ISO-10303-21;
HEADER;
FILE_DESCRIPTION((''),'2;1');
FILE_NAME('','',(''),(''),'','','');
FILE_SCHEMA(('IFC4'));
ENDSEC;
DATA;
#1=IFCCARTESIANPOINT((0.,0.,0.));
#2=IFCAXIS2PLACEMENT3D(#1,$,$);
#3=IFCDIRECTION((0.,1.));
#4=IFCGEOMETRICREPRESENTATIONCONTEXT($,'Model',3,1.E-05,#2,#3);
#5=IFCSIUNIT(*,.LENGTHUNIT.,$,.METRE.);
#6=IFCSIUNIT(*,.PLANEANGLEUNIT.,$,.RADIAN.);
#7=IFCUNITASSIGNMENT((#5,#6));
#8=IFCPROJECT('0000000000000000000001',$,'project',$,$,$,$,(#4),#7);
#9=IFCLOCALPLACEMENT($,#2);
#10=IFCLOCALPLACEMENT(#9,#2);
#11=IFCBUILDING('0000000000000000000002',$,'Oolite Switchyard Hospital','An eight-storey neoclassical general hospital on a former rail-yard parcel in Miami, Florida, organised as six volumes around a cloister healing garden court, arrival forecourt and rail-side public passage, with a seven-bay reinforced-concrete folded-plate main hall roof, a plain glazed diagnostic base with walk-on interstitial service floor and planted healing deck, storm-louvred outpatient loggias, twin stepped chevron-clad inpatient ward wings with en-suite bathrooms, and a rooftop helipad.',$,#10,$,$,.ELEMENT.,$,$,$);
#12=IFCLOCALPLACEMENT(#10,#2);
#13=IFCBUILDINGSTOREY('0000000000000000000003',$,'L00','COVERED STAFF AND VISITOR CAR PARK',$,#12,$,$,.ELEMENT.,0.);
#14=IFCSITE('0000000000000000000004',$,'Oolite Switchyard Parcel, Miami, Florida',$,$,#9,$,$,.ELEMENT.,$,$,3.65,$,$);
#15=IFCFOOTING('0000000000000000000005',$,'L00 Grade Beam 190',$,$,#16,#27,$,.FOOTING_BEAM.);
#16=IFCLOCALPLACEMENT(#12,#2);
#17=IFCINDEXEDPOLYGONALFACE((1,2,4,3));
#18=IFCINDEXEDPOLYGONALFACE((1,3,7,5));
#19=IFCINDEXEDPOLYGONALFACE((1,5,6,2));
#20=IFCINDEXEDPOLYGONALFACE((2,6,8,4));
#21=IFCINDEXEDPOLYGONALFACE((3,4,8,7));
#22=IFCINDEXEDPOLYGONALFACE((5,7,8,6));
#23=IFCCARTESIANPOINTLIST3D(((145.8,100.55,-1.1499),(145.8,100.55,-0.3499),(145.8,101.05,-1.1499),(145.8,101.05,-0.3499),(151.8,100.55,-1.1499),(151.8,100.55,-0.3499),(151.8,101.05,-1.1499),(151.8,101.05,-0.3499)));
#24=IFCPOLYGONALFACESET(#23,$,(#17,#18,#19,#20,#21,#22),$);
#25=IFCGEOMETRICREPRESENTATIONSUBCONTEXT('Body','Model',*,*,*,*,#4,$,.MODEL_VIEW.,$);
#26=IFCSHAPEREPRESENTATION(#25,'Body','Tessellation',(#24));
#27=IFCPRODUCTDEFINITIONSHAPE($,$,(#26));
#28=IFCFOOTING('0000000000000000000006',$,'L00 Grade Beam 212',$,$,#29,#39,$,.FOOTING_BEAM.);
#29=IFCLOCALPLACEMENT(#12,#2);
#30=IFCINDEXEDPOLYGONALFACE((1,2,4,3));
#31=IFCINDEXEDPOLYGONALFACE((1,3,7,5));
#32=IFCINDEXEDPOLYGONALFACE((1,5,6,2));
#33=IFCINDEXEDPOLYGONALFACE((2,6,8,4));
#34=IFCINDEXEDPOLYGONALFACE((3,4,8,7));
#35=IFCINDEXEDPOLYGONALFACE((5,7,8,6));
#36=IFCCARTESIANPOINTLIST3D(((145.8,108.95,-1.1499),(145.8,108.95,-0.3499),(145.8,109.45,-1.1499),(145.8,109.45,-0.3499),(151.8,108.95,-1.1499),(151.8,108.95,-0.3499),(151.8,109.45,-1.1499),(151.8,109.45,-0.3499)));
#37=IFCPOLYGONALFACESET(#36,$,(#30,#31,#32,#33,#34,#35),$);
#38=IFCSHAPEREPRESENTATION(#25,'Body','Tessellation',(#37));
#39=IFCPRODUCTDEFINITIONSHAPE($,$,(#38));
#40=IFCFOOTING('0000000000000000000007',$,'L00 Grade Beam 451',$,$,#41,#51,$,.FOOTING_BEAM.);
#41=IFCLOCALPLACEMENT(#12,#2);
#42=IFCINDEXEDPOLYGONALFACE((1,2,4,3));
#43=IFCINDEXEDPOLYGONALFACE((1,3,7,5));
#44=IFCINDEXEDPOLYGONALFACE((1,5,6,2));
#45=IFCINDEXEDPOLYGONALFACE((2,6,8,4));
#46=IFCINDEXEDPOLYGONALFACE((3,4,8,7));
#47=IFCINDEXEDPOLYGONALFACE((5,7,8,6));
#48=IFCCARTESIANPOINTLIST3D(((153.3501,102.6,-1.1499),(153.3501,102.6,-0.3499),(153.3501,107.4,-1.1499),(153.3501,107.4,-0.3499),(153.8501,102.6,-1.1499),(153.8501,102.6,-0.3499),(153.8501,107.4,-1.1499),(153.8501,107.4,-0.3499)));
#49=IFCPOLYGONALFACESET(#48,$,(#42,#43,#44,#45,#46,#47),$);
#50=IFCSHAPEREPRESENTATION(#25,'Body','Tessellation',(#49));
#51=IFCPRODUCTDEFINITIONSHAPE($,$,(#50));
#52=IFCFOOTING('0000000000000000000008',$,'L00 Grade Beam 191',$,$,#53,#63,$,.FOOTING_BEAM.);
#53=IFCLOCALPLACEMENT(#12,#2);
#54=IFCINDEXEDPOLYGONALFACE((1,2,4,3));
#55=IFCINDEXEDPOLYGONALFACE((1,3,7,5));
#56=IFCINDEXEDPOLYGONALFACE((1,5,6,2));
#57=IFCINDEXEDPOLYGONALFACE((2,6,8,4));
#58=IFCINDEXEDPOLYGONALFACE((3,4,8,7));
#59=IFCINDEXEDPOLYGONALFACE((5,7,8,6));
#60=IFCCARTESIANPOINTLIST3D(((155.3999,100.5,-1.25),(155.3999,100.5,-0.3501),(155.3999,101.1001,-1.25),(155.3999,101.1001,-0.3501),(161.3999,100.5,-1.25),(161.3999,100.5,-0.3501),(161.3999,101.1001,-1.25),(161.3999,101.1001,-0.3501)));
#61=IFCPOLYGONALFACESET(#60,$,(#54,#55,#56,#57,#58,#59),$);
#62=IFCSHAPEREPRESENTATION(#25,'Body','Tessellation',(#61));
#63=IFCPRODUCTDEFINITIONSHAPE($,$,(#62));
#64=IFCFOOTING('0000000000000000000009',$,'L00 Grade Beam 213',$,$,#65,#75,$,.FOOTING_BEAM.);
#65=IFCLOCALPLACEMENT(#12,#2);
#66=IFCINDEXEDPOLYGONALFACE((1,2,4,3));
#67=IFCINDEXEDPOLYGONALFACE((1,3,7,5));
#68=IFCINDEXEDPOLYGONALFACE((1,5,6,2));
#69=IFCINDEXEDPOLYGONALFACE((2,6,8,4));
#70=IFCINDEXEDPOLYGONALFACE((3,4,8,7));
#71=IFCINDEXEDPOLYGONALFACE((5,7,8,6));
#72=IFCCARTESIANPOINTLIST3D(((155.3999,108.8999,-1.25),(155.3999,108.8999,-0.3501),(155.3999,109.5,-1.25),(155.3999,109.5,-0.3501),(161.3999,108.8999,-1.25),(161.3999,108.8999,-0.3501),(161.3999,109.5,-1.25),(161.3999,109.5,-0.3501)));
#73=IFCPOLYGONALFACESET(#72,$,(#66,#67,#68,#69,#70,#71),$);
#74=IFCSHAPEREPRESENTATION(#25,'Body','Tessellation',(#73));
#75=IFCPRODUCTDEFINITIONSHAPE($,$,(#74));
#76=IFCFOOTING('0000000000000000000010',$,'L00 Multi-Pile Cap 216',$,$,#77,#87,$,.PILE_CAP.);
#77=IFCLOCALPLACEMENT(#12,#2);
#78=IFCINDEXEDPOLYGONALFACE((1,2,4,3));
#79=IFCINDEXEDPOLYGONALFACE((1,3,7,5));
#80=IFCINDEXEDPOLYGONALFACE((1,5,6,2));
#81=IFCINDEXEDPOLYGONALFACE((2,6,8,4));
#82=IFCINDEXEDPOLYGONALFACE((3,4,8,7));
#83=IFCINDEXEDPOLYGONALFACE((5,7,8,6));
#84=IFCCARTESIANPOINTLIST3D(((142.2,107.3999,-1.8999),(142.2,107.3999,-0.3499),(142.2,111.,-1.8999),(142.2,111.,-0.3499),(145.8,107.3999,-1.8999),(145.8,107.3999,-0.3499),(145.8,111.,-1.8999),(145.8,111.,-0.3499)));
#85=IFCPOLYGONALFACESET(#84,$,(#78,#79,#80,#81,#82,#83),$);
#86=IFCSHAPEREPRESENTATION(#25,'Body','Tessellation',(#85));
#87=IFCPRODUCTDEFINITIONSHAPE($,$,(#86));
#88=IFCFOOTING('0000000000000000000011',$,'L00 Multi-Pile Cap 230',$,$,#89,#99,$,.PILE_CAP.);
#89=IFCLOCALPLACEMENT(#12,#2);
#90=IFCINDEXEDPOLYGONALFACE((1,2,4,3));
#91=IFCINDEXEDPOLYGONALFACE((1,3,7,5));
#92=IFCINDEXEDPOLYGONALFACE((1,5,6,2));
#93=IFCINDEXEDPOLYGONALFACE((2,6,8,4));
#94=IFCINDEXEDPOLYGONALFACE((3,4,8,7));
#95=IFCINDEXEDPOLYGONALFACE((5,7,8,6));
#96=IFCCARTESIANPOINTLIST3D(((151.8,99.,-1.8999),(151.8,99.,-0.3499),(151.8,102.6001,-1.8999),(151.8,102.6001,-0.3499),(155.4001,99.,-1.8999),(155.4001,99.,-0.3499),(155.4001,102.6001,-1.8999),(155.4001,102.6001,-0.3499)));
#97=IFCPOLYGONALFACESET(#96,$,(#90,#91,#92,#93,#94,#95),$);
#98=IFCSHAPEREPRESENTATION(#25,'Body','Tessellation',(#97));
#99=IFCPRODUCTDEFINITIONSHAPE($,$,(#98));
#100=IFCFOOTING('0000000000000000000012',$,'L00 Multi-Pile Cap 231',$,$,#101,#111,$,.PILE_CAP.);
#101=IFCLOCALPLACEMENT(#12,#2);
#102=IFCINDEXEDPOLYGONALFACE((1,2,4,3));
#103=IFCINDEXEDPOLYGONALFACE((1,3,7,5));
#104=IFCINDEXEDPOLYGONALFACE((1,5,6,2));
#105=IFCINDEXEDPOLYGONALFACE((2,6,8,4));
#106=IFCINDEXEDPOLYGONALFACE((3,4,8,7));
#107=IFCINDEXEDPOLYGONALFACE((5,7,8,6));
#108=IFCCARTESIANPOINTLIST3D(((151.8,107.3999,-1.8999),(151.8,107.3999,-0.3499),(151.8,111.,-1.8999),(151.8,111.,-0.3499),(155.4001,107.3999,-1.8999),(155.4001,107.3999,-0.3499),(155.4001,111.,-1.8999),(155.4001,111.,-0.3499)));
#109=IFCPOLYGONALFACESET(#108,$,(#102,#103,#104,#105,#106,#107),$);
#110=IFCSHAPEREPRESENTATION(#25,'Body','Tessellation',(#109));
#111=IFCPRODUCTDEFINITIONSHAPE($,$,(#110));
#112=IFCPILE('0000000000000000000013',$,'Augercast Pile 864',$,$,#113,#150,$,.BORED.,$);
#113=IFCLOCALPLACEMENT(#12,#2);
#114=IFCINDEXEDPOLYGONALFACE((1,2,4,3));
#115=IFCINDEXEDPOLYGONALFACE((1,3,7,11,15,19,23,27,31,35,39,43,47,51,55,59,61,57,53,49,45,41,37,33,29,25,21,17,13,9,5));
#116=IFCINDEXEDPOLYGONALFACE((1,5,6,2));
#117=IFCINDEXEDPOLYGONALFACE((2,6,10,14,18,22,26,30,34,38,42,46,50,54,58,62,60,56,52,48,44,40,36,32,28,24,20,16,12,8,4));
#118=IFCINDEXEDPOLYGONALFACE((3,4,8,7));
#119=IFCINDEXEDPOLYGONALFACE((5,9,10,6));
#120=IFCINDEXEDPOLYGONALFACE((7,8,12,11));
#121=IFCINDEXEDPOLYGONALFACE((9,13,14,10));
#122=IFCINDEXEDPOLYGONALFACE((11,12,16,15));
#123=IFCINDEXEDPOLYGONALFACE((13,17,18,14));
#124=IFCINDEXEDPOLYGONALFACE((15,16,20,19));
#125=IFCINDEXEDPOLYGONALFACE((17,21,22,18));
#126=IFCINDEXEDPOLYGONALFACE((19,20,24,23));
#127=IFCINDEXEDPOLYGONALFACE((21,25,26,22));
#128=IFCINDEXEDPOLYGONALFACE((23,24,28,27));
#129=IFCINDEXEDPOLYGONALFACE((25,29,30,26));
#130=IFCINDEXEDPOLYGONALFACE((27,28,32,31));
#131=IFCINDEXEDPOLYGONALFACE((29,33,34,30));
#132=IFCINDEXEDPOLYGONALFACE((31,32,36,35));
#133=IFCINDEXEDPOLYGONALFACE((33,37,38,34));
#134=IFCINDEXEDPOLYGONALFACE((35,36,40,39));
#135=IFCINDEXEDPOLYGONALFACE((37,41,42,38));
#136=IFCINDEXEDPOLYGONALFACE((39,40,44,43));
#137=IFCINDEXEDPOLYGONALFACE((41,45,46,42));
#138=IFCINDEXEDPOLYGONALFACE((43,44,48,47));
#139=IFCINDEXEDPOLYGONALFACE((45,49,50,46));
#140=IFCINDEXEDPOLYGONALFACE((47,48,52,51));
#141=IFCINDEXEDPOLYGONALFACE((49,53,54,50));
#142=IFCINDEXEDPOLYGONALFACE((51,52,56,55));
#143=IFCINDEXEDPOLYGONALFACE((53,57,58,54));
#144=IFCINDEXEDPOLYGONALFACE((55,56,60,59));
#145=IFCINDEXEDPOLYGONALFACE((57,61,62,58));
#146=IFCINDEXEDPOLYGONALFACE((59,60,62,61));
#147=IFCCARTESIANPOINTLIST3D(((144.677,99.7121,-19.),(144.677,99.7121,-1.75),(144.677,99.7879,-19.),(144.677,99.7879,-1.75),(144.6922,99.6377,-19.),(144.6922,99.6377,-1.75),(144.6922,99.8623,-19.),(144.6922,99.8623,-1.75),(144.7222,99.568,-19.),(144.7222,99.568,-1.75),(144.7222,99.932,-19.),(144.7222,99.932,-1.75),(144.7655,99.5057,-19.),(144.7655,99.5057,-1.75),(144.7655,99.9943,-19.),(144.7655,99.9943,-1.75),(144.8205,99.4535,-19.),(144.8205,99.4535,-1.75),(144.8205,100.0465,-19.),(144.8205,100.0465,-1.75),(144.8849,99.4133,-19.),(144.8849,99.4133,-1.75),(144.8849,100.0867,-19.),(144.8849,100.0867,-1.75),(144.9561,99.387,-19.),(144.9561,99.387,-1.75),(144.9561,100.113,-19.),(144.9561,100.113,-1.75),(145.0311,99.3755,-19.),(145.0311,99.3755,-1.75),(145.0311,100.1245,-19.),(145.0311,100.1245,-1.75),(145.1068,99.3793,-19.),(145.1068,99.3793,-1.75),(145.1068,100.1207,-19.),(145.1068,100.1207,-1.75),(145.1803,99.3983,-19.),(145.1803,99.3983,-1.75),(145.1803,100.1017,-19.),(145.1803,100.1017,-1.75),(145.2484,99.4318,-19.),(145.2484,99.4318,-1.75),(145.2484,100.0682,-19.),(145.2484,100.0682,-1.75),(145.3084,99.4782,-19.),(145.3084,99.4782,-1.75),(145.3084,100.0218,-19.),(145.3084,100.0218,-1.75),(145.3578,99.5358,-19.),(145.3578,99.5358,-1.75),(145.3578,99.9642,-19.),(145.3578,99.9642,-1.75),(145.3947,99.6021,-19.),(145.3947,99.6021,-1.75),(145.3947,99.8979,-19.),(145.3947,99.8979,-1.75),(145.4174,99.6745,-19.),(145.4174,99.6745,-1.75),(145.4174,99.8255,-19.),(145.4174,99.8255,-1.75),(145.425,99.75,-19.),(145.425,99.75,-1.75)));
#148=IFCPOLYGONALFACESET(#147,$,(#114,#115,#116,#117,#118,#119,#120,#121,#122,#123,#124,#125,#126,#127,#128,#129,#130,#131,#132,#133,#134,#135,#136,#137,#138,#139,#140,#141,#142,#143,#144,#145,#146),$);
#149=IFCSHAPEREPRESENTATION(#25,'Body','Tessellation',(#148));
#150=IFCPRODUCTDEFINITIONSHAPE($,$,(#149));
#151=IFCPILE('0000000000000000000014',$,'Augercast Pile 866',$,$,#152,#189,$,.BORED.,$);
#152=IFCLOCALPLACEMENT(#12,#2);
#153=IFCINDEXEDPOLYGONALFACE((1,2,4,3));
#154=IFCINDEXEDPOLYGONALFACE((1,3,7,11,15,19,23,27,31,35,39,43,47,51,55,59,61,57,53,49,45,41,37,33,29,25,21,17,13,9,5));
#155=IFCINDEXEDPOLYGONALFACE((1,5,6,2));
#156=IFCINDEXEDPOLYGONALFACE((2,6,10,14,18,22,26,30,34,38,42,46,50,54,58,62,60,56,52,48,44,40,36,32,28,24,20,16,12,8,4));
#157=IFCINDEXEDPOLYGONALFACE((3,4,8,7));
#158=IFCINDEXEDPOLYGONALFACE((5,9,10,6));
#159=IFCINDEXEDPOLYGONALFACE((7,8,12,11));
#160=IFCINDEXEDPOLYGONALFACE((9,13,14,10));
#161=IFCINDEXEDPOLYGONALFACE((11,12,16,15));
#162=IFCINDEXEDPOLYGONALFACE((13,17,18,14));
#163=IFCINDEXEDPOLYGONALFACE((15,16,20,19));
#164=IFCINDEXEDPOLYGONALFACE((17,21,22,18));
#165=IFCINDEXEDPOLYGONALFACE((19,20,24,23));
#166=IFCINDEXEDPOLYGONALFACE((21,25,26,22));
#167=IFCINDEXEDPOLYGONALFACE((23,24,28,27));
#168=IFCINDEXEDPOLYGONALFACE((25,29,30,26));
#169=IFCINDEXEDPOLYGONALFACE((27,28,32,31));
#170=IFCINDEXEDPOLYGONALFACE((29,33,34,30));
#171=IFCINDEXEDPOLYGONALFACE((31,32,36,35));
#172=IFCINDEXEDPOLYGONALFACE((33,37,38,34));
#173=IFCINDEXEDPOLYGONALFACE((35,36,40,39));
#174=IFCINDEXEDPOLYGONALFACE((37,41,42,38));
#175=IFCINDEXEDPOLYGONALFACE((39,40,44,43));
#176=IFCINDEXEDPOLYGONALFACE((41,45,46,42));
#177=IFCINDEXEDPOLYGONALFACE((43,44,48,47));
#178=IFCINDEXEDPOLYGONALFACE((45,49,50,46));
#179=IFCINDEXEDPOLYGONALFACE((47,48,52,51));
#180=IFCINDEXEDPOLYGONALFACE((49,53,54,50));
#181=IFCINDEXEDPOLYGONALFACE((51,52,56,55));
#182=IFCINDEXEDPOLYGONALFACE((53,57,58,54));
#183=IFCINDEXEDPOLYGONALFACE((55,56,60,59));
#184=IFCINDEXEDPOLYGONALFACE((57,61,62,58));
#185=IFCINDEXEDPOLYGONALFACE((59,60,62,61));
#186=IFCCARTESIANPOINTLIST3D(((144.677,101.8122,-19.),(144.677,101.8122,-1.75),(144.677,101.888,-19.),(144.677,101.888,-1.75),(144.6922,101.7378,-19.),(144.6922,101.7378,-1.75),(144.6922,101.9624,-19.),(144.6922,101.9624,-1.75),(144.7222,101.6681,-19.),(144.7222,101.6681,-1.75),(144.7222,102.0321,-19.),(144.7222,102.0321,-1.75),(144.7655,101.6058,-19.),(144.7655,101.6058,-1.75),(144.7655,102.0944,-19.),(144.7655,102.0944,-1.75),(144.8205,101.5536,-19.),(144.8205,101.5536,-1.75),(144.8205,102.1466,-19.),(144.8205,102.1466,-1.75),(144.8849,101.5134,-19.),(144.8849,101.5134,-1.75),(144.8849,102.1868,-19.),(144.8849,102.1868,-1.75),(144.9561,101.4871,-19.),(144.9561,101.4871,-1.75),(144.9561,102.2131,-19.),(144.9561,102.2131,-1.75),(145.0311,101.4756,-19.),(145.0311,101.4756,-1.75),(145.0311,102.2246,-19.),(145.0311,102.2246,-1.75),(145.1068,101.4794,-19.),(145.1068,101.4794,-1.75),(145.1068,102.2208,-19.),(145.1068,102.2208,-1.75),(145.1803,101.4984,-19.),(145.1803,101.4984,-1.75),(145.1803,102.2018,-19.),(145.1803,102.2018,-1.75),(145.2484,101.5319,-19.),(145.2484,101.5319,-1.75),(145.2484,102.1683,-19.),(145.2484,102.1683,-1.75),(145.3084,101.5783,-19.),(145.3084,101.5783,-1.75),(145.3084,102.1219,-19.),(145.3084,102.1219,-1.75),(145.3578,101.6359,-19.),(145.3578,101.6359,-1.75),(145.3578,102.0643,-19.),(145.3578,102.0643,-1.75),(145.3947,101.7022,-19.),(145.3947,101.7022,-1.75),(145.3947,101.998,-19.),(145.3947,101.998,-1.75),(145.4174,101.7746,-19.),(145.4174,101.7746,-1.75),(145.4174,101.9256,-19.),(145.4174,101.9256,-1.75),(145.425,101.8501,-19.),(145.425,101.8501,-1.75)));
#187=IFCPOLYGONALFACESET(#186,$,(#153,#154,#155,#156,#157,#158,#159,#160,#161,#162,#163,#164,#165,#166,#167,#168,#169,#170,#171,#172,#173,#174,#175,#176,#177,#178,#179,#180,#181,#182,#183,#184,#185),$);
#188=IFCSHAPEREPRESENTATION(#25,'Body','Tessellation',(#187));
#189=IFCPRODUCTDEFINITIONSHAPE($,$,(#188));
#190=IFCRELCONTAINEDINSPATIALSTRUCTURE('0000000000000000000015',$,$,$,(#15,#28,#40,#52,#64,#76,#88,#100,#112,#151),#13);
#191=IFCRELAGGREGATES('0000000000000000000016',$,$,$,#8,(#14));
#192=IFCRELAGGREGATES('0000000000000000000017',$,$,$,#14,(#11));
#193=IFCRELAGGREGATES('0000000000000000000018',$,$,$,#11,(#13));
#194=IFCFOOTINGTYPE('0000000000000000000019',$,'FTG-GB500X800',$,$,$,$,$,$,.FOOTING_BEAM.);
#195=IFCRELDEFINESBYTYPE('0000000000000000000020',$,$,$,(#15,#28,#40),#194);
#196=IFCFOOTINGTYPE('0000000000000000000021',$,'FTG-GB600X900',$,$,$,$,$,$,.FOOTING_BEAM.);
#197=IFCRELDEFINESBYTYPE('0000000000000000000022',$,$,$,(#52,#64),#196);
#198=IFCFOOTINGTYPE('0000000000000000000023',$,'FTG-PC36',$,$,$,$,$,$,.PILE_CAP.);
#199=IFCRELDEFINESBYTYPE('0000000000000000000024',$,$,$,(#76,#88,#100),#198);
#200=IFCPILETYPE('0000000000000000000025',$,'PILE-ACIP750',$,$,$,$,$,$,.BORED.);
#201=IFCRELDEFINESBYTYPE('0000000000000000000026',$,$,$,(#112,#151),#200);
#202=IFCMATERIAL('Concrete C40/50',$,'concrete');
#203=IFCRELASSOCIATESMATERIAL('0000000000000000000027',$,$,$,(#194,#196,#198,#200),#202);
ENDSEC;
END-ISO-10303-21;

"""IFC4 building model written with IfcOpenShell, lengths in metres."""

from ifc_helpers import new_model, si_unit, direction, frame, origin, origin_2d, place, context, subcontext, project, spatial, rectangle, circle, extrude, material, material_profile, profile_set, type_object, element, save


model = new_model("IFC4")

# Units and contexts
model_context = context("Model", 3, precision=1e-05, world=origin(), true_north=direction((0.0, 1.0)))
body_context = subcontext(model_context, "Body", "Model", "MODEL_VIEW")
ifc_project = project(units=[si_unit("LENGTHUNIT", "METRE"), si_unit("PLANEANGLEUNIT", "RADIAN")], contexts=[model_context])

# Site, building, storey
site_placement = place(None, origin())
site = spatial("IfcSite", under=ifc_project, at=site_placement, Name="Oolite Switchyard Parcel, Miami, Florida", CompositionType="ELEMENT", RefElevation=3.65)
building_placement = place(site_placement, origin())
building = spatial("IfcBuilding", under=site, at=building_placement, Name="Oolite Switchyard Hospital", Description="An eight-storey neoclassical general hospital on a former rail-yard parcel in Miami, Florida, organised as six volumes around a cloister healing garden court, arrival forecourt and rail-side public passage, with a seven-bay reinforced-concrete folded-plate main hall roof, a plain glazed diagnostic base with walk-on interstitial service floor and planted healing deck, storm-louvred outpatient loggias, twin stepped chevron-clad inpatient ward wings with en-suite bathrooms, and a rooftop helipad.", CompositionType="ELEMENT")
storey_placement = place(building_placement, origin())
storey = spatial("IfcBuildingStorey", under=building, at=storey_placement, Name="L00", Description="COVERED STAFF AND VISITOR CAR PARK", CompositionType="ELEMENT", Elevation=0.0)

# Footings
ifc_material_1 = material(Name="Concrete C40/50", Category="concrete")
footing_type_1 = type_object("IfcFootingType", Name="FTG-GB500X800", PredefinedType="FOOTING_BEAM", material=ifc_material_1)
for number, where, z_axis, x_axis, name in (
    (1, (148.8, 100.8, -1.1499), (0.0, 0.0, 1.0), (1.0, 0.0, 0.0), "L00 Grade Beam 190"),
    (2, (148.8, 109.2, -1.1499), (0.0, 0.0, 1.0), (1.0, 0.0, 0.0), "L00 Grade Beam 212"),
):
    element("IfcFooting", number, at=place(storey_placement, frame(where, z_axis=z_axis, x_axis=x_axis)), inside=storey, type_object=footing_type_1, Name=name, PredefinedType="FOOTING_BEAM", context=body_context, shape_type="SweptSolid", body=[
        extrude(rectangle(XDim=6.0, YDim=0.5, at=origin_2d()), origin(), (0.0, 0.0, 1.0), 0.8),
    ])
footing_placement = place(storey_placement, frame((153.6001, 105.0, -1.1499), z_axis=(0.0, 0.0, 1.0), x_axis=(0.0, 1.0, 0.0)))
element("IfcFooting", 3, at=footing_placement, inside=storey, type_object=footing_type_1, Name="L00 Grade Beam 451", PredefinedType="FOOTING_BEAM", context=body_context, shape_type="SweptSolid", body=[
    extrude(rectangle(XDim=4.8, YDim=0.5, at=origin_2d()), origin(), (0.0, 0.0, 1.0), 0.8),
])
footing_type_2 = type_object("IfcFootingType", Name="FTG-GB600X900", PredefinedType="FOOTING_BEAM", material=ifc_material_1)
for number, where, z_axis, x_axis, name in (
    (4, (158.3999, 100.8, -1.25), (0.0, 0.0, 1.0), (1.0, 0.0, 0.0), "L00 Grade Beam 191"),
    (5, (158.3999, 109.2, -1.25), (0.0, 0.0, 1.0), (1.0, 0.0, 0.0), "L00 Grade Beam 213"),
):
    element("IfcFooting", number, at=place(storey_placement, frame(where, z_axis=z_axis, x_axis=x_axis)), inside=storey, type_object=footing_type_2, Name=name, PredefinedType="FOOTING_BEAM", context=body_context, shape_type="SweptSolid", body=[
        extrude(rectangle(XDim=6.0, YDim=0.6001, at=origin_2d()), origin(), (0.0, 0.0, 1.0), 0.8999),
    ])
footing_type_3 = type_object("IfcFootingType", Name="FTG-PC36", PredefinedType="PILE_CAP", material=ifc_material_1)
for number, where, z_axis, x_axis, name in (
    (6, (144.0, 109.2, -1.8999), (0.0, 0.0, 1.0), (1.0, 0.0, 0.0), "L00 Multi-Pile Cap 216"),
    (7, (153.6001, 100.8, -1.8999), (0.0, 0.0, 1.0), (1.0, 0.0, 0.0), "L00 Multi-Pile Cap 230"),
    (8, (153.6001, 109.2, -1.8999), (0.0, 0.0, 1.0), (1.0, 0.0, 0.0), "L00 Multi-Pile Cap 231"),
):
    element("IfcFooting", number, at=place(storey_placement, frame(where, z_axis=z_axis, x_axis=x_axis)), inside=storey, type_object=footing_type_3, Name=name, PredefinedType="PILE_CAP", context=body_context, shape_type="SweptSolid", body=[
        extrude(rectangle(XDim=3.6001, YDim=3.6001, at=origin_2d()), origin(), (0.0, 0.0, 1.0), 1.55),
    ])

# Piles
ifc_material_profile_1 = material_profile(ifc_material_1, circle(Radius=0.375, at=origin_2d()), Name="PILE750")
ifc_profile_set_1 = profile_set([ifc_material_profile_1], Name="Concrete C40/50")
pile_type = type_object("IfcPileType", Name="PILE-ACIP750", PredefinedType="BORED", material=ifc_profile_set_1)
for number, where, z_axis, x_axis, name in (
    (9, (145.05, 99.75, -1.75), (0.0, 0.0, -1.0), (1.0, 0.0, 0.0), "Augercast Pile 864"),
    (10, (145.05, 101.8501, -1.75), (0.0, 0.0, -1.0), (1.0, 0.0, 0.0), "Augercast Pile 866"),
):
    element("IfcPile", number, at=place(storey_placement, frame(where, z_axis=z_axis, x_axis=x_axis)), inside=storey, type_object=pile_type, Name=name, PredefinedType="BORED", context=body_context, shape_type="SweptSolid", body=[
        extrude(circle(Radius=0.375, at=origin_2d()), origin(), (0.0, 0.0, 1.0), 17.25),
    ])

save(model, "model.ifc")
